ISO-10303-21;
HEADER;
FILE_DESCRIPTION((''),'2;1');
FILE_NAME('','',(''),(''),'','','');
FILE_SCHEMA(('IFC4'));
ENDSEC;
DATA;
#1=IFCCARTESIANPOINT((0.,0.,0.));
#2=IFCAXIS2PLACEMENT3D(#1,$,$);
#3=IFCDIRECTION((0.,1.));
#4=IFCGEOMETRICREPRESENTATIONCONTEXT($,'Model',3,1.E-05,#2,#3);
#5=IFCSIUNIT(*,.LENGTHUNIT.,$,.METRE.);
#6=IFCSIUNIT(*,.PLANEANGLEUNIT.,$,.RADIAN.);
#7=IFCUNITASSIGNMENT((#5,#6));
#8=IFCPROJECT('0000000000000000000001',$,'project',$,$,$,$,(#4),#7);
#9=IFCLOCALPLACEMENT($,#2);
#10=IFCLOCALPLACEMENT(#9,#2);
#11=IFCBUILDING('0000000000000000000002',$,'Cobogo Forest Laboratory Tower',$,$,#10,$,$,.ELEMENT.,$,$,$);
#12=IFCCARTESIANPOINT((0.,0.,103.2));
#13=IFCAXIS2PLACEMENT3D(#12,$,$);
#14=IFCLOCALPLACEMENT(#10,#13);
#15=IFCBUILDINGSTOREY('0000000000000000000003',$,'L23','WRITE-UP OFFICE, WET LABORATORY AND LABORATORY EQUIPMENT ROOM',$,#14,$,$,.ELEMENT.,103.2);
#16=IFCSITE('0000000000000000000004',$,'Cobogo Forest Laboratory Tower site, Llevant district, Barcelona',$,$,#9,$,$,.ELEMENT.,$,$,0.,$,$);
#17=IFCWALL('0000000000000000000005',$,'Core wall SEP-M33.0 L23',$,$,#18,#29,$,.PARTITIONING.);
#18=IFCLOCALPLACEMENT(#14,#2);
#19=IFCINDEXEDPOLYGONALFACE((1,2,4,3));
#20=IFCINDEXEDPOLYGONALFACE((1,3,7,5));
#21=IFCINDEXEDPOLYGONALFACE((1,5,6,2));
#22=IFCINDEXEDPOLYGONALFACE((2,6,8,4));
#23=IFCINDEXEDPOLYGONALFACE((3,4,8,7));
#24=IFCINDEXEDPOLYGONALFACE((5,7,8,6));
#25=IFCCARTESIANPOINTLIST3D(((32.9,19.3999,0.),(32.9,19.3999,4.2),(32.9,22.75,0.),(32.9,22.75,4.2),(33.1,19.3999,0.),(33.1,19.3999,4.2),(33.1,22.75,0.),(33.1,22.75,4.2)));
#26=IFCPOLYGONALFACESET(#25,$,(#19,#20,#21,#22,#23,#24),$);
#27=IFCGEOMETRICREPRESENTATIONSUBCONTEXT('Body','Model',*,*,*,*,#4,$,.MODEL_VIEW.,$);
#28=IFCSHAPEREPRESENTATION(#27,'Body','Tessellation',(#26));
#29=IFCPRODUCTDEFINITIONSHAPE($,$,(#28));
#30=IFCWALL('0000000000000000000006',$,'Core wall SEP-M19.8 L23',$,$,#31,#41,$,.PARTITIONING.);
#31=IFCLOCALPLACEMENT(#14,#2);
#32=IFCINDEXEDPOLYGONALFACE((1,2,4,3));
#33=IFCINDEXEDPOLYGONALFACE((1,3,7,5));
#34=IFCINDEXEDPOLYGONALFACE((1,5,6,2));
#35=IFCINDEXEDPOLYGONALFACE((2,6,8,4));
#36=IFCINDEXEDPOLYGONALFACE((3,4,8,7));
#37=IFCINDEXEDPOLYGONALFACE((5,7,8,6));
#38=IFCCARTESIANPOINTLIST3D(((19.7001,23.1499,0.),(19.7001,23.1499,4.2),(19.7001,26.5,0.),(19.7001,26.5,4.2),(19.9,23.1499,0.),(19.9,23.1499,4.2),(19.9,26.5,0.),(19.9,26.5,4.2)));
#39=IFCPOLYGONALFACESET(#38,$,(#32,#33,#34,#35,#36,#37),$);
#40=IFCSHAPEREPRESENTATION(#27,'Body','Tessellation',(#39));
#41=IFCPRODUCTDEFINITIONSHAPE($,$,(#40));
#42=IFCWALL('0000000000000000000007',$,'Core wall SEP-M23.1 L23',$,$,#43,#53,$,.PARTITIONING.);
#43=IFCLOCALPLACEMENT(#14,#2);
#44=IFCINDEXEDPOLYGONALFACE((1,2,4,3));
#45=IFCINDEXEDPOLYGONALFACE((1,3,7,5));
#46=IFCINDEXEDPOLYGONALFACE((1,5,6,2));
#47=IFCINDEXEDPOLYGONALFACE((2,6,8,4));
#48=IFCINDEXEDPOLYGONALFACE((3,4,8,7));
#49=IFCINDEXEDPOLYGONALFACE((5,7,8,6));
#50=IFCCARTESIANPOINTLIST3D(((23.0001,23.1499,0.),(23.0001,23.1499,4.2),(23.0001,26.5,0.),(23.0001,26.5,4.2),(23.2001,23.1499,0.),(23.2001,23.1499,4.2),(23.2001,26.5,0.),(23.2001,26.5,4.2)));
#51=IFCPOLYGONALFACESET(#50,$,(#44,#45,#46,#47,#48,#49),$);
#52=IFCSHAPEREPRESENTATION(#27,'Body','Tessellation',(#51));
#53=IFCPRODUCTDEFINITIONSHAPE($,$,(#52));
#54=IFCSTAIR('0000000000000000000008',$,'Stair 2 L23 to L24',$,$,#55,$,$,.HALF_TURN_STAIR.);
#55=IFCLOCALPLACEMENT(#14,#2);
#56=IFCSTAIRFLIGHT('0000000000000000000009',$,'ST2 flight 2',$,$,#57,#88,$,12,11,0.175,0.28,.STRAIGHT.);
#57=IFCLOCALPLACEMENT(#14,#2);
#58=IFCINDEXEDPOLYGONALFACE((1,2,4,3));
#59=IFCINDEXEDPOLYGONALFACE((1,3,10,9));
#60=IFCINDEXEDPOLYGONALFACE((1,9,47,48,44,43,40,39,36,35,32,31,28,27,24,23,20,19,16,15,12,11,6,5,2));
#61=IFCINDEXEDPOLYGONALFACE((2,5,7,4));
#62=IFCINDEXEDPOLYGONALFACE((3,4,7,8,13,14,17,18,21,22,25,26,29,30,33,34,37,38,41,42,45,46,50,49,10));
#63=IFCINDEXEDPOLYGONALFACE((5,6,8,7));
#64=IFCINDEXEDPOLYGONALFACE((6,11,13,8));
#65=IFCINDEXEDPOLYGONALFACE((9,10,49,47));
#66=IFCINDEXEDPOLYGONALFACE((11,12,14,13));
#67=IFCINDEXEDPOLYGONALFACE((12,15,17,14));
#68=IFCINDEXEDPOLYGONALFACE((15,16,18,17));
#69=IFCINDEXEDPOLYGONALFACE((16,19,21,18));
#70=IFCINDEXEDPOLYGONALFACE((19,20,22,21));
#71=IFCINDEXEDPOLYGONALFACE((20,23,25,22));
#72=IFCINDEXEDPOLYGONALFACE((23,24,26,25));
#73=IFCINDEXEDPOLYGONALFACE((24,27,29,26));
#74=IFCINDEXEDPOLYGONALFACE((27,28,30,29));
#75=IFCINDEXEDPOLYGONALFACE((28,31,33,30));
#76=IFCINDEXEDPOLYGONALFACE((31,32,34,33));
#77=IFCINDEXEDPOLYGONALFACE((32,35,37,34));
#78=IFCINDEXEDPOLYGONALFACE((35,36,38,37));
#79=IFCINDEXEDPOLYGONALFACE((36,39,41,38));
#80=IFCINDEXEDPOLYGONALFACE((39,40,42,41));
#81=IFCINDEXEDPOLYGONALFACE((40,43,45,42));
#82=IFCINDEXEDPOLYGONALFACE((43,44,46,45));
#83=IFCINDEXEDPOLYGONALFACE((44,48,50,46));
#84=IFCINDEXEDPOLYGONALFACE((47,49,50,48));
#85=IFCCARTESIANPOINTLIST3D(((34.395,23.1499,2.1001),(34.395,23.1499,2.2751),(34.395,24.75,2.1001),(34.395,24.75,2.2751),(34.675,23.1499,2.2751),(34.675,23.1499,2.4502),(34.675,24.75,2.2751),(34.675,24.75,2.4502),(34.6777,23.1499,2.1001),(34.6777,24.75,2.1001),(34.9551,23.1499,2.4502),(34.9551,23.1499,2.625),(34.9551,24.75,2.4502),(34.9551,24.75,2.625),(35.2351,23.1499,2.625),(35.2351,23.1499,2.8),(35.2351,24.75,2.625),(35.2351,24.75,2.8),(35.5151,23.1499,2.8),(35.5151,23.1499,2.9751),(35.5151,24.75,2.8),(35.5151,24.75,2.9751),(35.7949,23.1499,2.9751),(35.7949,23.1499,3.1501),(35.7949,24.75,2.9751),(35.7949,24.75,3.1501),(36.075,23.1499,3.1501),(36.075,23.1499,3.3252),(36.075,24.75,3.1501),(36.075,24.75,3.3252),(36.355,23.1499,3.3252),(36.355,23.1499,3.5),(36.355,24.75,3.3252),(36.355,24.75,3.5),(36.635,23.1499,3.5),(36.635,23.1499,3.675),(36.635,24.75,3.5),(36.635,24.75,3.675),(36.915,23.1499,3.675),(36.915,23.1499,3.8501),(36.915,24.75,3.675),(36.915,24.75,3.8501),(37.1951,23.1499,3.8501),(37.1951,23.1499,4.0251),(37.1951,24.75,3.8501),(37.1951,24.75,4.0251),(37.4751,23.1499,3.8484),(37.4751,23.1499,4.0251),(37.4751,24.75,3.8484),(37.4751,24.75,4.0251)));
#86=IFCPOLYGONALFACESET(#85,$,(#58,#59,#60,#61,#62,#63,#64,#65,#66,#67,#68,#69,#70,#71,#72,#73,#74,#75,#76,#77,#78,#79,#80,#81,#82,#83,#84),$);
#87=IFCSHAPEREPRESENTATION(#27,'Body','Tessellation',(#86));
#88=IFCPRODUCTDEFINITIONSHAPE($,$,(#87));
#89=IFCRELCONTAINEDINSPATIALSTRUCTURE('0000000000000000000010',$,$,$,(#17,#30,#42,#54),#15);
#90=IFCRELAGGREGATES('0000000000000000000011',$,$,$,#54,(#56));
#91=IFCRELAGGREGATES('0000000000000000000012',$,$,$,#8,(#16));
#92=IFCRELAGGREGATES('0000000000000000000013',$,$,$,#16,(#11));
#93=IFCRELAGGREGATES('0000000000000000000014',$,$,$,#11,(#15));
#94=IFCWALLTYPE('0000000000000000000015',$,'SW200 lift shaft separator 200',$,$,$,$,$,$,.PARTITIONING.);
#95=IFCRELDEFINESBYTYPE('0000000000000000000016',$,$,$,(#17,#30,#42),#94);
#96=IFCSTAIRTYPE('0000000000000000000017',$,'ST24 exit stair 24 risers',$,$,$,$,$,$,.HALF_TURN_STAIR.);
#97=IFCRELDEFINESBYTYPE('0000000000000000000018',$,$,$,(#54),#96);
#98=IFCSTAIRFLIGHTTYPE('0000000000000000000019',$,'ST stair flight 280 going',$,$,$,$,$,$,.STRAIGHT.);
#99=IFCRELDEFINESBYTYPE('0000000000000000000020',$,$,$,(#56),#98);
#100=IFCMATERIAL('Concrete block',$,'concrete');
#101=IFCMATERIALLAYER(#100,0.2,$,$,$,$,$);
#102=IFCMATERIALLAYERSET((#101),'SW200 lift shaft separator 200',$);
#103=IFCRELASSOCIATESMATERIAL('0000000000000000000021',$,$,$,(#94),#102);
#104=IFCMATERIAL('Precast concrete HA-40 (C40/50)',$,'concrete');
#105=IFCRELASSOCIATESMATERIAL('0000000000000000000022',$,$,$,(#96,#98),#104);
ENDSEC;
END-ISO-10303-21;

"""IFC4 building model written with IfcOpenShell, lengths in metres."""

from ifc_helpers import new_model, si_unit, direction, frame, frame_2d, origin, place, context, subcontext, project, spatial, polyline, rectangle, outline, extrude, material, layer, layer_set, type_object, element, aggregate, save


model = new_model("IFC4")

# Units and contexts
model_context = context("Model", 3, precision=1e-05, world=origin(), true_north=direction((0.0, 1.0)))
body_context = subcontext(model_context, "Body", "Model", "MODEL_VIEW")
ifc_project = project(units=[si_unit("LENGTHUNIT", "METRE"), si_unit("PLANEANGLEUNIT", "RADIAN")], contexts=[model_context])

# Site, building, storey
site_placement = place(None, origin())
site = spatial("IfcSite", under=ifc_project, at=site_placement, Name="Cobogo Forest Laboratory Tower site, Llevant district, Barcelona", CompositionType="ELEMENT", RefElevation=0.0)
building_placement = place(site_placement, origin())
building = spatial("IfcBuilding", under=site, at=building_placement, Name="Cobogo Forest Laboratory Tower", CompositionType="ELEMENT")
storey_placement = place(building_placement, frame((0.0, 0.0, 103.2)))
storey = spatial("IfcBuildingStorey", under=building, at=storey_placement, Name="L23", Description="WRITE-UP OFFICE, WET LABORATORY AND LABORATORY EQUIPMENT ROOM", CompositionType="ELEMENT", Elevation=103.2)

# Walls
ifc_material_1 = material(Name="Concrete block", Category="concrete")
ifc_layer_1 = layer(ifc_material_1, 0.2)
ifc_layer_set_1 = layer_set([ifc_layer_1], Name="SW200 lift shaft separator 200")
wall_type_1 = type_object("IfcWallType", Name="SW200 lift shaft separator 200", PredefinedType="PARTITIONING", material=ifc_layer_set_1)
for number, where, z_axis, x_axis, name in (
    (1, (33.0, 19.3999, 0.0), (0.0, 0.0, 1.0), (0.0, 1.0, 0.0), "Core wall SEP-M33.0 L23"),
    (2, (19.8, 23.1499, 0.0), (0.0, 0.0, 1.0), (0.0, 1.0, 0.0), "Core wall SEP-M19.8 L23"),
    (3, (23.1001, 23.1499, 0.0), (0.0, 0.0, 1.0), (0.0, 1.0, 0.0), "Core wall SEP-M23.1 L23"),
):
    element("IfcWall", number, at=place(storey_placement, frame(where, z_axis=z_axis, x_axis=x_axis)), inside=storey, type_object=wall_type_1, Name=name, PredefinedType="PARTITIONING", context=body_context, shape_type="SweptSolid", body=[
        extrude(rectangle(XDim=3.3501, YDim=0.2, at=frame_2d((1.675, 0.0))), origin(), (0.0, 0.0, 1.0), 4.2),
    ])

# Stair, stair flight
ifc_material_2 = material(Name="Precast concrete HA-40 (C40/50)", Category="concrete")
stair_type = type_object("IfcStairType", Name="ST24 exit stair 24 risers", PredefinedType="HALF_TURN_STAIR", material=ifc_material_2)
stair_placement = place(storey_placement, origin())
stair = element("IfcStair", 4, at=stair_placement, inside=storey, type_object=stair_type, Name="Stair 2 L23 to L24", PredefinedType="HALF_TURN_STAIR")
stair_flight_type = type_object("IfcStairFlightType", Name="ST stair flight 280 going", PredefinedType="STRAIGHT", material=ifc_material_2)
stair_flight_placement = place(storey_placement, frame((34.395, 23.95, 2.1001), z_axis=(0.0, 0.0, 1.0), x_axis=(1.0, 0.0, 0.0)))
stair_flight = element("IfcStairFlight", 5, at=stair_flight_placement, type_object=stair_flight_type, Name="ST2 flight 2", NumberOfRisers=12, NumberOfTreads=11, PredefinedType="STRAIGHT", RiserHeight=0.175, TreadLength=0.28, context=body_context, shape_type="SweptSolid", body=[
    extrude(outline(polyline([(0.0, 0.0), (0.0, 0.175), (0.28, 0.175), (0.28, 0.3501), (0.5601, 0.3501), (0.5601, 0.5249), (0.8401, 0.5249), (0.8401, 0.7), (1.1201, 0.7), (1.1201, 0.875), (1.3999, 0.875), (1.3999, 1.05), (1.6799, 1.05), (1.6799, 1.2251), (1.96, 1.2251), (1.96, 1.3999), (2.24, 1.3999), (2.24, 1.575), (2.52, 1.575), (2.52, 1.75), (2.8, 1.75), (2.8, 1.925), (3.0801, 1.925), (3.0801, 2.1001), (3.0801, 1.7483), (0.2827, 0.0), (0.0, 0.0)])), frame((0.0, 0.8, 0.0), z_axis=(0.0, -1.0, 0.0), x_axis=(1.0, 0.0, 0.0)), (0.0, 0.0, 1.0), 1.6001),
])
aggregate(stair, [stair_flight])

save(model, "model.ifc")
